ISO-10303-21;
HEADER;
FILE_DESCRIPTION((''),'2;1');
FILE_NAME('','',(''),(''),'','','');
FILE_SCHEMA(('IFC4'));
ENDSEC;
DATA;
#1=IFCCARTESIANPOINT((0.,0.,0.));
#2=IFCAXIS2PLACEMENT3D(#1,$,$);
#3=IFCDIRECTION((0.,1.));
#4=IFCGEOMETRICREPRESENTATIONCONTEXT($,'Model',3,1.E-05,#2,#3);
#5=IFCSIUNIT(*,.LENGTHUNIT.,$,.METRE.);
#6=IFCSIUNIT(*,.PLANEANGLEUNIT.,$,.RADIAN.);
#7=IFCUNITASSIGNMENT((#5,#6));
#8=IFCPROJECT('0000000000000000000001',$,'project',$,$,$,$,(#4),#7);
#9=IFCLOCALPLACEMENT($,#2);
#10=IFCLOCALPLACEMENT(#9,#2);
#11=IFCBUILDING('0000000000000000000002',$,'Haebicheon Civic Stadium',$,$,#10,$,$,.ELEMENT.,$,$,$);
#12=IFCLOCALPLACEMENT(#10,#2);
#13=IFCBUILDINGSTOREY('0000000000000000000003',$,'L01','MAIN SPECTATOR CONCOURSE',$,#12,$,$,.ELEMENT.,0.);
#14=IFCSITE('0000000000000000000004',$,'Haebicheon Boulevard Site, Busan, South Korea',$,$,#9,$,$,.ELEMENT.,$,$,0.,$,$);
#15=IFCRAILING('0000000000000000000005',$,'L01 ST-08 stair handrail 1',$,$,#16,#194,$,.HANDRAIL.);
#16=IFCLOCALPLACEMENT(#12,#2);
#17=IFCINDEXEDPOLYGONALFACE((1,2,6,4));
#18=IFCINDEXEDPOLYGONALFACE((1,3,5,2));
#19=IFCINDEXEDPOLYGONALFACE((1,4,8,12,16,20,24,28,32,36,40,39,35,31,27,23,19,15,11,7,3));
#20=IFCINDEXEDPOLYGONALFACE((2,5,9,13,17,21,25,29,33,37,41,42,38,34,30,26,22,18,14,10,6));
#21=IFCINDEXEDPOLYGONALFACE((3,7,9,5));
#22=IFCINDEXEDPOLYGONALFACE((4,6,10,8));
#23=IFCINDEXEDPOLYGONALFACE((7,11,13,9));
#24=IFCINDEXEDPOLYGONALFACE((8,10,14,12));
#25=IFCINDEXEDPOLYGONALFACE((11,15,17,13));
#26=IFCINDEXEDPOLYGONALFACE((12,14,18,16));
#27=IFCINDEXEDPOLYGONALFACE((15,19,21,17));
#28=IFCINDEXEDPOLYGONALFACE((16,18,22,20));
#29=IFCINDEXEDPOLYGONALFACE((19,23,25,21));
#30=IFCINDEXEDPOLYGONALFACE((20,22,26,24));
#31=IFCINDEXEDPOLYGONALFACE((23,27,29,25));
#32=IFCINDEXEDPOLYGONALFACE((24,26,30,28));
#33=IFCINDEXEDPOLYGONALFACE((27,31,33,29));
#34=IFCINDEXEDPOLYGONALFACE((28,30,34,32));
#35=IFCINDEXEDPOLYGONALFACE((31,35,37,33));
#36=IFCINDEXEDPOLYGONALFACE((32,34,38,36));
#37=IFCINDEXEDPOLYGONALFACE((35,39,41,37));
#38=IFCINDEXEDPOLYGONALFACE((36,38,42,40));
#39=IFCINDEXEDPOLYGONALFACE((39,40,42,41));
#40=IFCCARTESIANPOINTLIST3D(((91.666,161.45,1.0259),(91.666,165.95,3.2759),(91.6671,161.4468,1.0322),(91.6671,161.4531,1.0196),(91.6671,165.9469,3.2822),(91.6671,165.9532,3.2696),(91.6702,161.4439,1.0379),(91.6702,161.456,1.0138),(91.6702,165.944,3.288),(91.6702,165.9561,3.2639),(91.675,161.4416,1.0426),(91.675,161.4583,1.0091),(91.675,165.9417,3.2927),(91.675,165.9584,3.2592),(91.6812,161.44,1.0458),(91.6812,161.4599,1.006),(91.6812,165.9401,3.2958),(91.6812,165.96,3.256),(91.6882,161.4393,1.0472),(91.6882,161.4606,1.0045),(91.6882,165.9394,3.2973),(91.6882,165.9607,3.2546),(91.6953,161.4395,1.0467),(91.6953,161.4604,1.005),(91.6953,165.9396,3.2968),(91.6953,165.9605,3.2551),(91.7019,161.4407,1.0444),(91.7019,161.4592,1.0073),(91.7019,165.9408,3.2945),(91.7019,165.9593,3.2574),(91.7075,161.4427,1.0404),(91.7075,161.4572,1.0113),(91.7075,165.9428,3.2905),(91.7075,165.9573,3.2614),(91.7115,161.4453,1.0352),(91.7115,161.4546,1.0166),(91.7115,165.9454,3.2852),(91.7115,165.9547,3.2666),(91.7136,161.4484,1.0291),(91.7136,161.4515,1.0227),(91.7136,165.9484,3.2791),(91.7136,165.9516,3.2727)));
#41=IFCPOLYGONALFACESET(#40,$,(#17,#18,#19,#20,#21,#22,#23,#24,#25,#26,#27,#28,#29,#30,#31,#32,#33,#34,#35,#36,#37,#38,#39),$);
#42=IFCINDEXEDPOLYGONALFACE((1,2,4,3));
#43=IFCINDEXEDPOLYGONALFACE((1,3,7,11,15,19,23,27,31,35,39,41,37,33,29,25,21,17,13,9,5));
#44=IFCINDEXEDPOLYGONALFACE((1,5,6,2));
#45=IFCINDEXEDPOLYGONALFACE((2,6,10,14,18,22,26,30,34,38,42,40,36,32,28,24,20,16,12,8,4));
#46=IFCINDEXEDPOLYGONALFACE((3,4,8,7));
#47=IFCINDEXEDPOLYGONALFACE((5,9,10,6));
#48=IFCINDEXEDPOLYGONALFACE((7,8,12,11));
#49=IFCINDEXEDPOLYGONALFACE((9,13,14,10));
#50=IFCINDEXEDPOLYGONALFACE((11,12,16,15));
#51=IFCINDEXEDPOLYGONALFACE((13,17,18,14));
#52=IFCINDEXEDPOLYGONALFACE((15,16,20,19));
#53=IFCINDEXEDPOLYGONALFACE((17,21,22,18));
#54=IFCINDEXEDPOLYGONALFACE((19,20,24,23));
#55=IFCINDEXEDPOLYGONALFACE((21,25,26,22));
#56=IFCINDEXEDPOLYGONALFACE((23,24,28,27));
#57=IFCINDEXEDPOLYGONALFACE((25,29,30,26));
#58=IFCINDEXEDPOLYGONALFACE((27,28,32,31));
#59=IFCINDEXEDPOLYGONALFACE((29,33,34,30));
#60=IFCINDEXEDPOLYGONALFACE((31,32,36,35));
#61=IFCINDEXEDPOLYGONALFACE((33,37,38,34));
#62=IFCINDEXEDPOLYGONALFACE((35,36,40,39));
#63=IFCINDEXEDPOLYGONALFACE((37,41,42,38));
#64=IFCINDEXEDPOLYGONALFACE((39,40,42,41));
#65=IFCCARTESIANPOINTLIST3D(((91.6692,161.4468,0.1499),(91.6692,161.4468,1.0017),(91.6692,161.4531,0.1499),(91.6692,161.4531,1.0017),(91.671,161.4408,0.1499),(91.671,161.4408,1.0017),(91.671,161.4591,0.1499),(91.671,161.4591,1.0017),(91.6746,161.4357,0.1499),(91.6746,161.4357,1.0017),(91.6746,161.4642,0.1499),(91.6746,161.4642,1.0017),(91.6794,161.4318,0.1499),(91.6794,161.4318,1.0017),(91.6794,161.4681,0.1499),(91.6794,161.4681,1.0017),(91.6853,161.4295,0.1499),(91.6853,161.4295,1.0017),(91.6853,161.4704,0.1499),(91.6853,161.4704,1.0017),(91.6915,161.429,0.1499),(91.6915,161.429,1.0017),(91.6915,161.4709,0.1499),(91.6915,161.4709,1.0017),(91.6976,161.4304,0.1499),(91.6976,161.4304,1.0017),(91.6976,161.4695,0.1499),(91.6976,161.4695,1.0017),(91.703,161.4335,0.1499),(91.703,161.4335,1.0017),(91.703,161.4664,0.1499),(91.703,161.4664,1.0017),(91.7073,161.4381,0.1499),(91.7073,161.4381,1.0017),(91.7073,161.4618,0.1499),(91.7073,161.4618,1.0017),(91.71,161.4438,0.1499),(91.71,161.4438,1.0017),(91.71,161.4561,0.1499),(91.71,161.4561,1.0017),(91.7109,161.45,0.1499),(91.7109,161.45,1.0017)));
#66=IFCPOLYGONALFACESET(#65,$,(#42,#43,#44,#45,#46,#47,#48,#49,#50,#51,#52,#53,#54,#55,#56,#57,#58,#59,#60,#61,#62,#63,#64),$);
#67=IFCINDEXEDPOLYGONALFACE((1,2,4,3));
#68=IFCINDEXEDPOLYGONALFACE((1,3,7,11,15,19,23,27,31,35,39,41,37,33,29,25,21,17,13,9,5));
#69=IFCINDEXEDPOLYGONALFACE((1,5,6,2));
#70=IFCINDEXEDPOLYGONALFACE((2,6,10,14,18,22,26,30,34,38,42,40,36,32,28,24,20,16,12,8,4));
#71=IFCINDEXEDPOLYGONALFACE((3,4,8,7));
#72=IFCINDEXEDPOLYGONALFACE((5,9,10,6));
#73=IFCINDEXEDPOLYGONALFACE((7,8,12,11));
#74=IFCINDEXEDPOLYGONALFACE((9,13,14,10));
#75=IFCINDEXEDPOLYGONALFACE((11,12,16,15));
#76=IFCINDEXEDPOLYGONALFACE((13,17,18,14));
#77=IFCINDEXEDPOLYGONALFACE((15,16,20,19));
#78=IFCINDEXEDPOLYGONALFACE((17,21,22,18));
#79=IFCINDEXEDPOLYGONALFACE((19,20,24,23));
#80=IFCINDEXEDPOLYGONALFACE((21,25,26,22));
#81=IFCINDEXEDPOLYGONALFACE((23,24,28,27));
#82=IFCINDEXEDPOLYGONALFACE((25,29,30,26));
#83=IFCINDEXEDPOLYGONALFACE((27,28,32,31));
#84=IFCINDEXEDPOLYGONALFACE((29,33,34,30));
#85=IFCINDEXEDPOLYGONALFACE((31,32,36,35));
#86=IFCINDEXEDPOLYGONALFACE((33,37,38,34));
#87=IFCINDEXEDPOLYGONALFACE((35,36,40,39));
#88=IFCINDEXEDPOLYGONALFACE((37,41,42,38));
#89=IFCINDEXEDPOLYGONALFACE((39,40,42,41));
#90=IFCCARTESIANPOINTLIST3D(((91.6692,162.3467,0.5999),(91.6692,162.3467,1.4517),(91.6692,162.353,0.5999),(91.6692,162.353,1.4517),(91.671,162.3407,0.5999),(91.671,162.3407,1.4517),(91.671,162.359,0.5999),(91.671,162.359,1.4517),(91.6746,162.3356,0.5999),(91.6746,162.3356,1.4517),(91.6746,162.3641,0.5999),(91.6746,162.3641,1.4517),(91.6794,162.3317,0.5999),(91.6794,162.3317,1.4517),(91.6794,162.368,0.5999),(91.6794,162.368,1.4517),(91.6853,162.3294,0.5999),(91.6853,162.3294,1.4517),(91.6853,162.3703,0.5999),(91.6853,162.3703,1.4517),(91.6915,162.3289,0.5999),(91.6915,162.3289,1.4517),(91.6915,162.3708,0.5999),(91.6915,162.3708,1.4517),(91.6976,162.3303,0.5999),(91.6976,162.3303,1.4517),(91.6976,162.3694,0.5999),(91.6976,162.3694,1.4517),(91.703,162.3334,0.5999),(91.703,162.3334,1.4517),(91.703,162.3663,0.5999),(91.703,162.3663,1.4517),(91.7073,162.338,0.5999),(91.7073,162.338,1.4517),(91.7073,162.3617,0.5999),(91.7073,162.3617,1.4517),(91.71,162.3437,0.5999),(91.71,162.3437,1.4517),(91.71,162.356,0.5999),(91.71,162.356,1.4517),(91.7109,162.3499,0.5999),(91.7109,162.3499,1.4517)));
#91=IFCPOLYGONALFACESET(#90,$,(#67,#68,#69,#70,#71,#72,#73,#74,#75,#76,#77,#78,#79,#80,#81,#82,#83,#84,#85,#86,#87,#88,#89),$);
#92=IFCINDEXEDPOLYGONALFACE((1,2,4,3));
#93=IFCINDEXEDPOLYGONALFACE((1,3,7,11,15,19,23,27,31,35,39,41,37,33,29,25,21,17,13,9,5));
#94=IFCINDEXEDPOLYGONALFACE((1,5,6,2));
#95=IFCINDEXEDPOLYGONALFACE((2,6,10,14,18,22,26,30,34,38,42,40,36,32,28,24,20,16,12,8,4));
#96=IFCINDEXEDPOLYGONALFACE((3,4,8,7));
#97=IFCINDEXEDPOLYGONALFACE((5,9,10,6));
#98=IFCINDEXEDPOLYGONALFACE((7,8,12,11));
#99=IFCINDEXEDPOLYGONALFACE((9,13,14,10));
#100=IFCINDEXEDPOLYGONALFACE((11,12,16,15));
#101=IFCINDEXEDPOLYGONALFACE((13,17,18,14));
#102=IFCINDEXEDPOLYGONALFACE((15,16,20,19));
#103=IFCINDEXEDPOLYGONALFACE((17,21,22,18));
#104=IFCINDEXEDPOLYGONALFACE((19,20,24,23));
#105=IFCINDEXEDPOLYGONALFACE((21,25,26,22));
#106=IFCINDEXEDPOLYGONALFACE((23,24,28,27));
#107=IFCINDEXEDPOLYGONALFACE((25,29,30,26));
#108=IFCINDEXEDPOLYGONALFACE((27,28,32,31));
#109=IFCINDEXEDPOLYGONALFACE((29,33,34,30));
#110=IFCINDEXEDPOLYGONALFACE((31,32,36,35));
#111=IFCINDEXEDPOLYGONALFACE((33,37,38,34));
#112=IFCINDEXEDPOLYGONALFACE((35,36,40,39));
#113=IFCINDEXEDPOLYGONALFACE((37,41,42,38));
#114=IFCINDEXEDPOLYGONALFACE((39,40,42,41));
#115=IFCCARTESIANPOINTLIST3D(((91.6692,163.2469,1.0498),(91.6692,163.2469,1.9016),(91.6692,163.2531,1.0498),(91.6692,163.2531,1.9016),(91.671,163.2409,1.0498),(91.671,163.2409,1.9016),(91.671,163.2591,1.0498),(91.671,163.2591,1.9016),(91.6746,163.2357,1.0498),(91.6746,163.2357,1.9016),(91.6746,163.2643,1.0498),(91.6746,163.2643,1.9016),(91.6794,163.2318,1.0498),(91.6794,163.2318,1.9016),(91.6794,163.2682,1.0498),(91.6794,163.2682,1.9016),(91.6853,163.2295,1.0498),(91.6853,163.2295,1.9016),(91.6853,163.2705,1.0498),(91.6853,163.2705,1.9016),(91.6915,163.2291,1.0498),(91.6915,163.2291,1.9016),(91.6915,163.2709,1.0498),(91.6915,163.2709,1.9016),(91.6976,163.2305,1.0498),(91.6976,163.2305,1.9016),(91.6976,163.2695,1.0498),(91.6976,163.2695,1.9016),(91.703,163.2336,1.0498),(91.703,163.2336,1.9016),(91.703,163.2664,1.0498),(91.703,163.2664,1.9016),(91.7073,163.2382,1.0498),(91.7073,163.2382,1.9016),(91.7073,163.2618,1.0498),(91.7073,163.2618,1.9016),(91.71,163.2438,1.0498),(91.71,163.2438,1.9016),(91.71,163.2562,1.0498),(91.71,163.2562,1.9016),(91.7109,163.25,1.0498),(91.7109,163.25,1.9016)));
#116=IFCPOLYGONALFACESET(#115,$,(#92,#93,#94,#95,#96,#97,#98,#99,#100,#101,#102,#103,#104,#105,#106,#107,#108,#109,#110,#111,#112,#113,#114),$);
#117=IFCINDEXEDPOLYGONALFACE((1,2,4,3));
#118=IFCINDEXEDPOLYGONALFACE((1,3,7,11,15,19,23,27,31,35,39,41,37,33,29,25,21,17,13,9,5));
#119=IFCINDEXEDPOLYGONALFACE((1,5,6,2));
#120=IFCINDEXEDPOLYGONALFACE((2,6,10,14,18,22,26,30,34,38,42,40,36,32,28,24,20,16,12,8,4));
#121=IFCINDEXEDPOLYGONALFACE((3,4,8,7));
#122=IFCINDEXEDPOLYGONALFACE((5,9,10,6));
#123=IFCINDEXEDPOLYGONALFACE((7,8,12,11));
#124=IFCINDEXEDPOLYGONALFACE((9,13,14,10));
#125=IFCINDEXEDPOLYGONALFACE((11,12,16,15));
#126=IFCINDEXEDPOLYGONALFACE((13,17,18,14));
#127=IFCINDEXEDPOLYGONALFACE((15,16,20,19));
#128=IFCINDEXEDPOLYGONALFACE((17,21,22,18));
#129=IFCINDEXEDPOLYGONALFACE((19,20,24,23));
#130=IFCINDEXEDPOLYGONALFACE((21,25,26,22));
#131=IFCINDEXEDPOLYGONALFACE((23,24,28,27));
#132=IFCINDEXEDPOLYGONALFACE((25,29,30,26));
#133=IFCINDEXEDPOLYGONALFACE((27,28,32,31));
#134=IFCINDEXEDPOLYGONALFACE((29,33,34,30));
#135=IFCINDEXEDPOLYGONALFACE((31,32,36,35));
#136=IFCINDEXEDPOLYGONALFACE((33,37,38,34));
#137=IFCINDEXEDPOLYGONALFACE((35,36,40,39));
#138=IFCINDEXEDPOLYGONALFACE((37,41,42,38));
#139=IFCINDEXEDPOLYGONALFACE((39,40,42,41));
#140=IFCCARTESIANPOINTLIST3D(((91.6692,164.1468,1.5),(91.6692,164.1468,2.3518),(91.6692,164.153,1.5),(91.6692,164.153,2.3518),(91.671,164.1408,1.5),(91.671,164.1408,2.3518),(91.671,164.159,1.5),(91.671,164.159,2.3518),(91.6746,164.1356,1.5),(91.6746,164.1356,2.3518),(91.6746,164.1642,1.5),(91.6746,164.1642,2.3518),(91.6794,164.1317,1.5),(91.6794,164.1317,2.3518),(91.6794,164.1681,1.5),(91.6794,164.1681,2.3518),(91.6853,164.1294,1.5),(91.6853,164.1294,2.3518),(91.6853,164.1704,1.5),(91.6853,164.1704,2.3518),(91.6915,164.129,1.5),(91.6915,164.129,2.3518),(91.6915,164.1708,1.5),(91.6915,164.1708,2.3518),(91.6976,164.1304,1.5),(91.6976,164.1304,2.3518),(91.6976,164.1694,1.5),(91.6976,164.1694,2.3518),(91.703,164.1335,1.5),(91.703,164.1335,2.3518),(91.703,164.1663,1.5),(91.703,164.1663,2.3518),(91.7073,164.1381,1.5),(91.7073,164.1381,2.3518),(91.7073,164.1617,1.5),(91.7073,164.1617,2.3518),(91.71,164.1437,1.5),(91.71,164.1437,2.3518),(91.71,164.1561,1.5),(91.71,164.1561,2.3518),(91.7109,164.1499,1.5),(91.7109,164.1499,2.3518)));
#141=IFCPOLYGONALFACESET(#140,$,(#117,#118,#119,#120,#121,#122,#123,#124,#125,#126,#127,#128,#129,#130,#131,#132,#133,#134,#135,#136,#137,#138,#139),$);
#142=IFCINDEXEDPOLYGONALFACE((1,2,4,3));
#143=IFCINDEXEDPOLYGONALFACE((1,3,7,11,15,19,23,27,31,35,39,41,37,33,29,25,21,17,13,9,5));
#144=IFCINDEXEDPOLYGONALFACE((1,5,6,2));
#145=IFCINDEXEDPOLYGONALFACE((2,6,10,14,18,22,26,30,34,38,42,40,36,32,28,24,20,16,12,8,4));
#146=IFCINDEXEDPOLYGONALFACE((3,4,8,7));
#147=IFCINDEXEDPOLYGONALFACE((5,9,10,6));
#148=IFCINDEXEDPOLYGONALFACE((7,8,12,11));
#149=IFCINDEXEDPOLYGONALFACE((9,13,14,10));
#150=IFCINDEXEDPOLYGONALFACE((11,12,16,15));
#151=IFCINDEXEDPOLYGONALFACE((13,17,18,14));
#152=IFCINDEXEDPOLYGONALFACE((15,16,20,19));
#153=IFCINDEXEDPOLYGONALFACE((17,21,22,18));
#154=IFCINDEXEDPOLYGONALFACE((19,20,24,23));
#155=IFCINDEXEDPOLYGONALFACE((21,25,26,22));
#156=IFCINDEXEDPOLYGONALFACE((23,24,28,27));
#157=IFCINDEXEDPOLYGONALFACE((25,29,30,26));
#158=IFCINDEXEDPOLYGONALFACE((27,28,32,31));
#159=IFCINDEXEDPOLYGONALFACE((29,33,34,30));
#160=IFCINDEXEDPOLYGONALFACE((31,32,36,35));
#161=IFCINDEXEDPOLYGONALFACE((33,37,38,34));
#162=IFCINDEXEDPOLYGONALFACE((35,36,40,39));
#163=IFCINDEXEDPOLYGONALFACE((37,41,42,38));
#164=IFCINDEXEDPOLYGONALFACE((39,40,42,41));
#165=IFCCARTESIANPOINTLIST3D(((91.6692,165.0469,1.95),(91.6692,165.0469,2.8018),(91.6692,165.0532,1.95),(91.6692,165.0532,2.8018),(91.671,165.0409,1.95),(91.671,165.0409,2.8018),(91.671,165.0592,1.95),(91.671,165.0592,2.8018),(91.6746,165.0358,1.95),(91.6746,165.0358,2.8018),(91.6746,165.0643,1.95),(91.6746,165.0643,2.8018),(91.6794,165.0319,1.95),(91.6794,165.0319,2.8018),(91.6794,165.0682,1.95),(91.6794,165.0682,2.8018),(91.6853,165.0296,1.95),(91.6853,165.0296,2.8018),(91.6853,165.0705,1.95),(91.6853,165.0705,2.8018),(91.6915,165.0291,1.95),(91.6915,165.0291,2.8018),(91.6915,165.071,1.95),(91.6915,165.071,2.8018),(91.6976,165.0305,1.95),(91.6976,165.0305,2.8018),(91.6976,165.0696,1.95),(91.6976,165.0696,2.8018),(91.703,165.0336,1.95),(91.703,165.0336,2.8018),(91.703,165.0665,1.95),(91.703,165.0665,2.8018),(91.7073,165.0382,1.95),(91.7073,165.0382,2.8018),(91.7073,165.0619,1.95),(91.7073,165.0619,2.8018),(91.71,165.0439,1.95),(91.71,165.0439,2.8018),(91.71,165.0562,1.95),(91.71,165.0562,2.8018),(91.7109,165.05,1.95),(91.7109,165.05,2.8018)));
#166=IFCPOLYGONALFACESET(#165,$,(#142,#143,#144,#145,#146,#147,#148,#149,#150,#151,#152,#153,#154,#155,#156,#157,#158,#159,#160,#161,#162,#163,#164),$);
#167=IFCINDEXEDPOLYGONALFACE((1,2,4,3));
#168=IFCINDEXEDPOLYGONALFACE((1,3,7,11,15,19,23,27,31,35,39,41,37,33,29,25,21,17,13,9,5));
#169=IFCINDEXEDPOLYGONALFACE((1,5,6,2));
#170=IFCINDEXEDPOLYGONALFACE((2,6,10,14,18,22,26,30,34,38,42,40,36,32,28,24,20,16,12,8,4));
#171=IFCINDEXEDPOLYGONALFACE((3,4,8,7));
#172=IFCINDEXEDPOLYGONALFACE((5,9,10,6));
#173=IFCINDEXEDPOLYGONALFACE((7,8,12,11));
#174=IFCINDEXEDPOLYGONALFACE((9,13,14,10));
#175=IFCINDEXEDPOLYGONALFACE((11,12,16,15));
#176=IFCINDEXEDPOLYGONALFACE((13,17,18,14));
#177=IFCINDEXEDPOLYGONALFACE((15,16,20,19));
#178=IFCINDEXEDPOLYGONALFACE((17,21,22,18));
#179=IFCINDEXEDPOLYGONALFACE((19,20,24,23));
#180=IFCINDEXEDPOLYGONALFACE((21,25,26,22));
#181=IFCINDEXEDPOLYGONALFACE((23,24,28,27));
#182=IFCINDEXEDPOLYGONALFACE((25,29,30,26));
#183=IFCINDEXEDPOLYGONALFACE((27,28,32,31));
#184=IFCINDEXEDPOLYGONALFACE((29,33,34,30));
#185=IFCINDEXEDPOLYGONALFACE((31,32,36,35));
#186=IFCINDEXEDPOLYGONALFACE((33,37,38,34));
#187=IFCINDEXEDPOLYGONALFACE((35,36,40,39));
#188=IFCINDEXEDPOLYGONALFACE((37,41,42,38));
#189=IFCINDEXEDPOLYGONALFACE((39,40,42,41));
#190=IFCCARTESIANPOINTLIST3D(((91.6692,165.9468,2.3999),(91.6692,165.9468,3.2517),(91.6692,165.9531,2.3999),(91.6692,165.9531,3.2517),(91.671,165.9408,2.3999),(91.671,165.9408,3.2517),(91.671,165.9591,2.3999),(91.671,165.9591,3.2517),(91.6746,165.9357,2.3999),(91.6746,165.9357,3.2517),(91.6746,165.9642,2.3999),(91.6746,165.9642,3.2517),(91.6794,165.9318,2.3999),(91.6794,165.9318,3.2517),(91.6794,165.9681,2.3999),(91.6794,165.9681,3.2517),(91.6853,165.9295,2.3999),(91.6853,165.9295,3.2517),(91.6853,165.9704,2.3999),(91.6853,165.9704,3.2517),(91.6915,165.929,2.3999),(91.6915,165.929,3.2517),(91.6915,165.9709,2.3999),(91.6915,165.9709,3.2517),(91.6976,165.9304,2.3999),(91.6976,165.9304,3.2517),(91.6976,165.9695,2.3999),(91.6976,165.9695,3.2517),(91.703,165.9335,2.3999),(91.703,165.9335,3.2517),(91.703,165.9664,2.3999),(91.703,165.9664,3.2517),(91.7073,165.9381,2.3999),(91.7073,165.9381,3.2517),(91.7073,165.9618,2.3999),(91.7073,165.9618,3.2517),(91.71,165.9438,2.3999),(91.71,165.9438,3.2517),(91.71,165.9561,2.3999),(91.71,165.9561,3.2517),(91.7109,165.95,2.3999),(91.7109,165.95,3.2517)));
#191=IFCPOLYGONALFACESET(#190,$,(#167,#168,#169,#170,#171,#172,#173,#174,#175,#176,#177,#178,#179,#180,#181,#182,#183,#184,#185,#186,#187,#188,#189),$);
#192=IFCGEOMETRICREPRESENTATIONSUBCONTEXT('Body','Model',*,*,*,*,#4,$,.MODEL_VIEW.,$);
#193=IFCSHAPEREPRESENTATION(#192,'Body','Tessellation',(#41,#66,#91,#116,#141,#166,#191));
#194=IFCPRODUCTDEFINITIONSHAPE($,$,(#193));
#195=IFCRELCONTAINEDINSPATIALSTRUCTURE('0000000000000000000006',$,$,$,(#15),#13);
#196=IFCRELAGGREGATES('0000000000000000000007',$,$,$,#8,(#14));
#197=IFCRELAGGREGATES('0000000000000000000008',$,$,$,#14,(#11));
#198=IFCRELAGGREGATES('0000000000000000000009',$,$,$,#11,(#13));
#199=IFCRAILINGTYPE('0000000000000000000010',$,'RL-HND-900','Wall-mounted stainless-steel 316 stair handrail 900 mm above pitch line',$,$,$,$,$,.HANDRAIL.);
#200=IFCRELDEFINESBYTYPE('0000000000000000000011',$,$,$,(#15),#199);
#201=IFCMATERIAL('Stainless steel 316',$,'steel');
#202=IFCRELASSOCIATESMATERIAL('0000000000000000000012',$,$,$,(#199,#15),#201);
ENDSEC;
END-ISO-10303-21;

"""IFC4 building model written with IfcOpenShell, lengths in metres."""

from ifc_helpers import new_model, si_unit, direction, frame, origin, origin_2d, place, context, subcontext, project, spatial, circle, extrude, material, type_object, element, save


model = new_model("IFC4")

# Units and contexts
model_context = context("Model", 3, precision=1e-05, world=origin(), true_north=direction((0.0, 1.0)))
body_context = subcontext(model_context, "Body", "Model", "MODEL_VIEW")
ifc_project = project(units=[si_unit("LENGTHUNIT", "METRE"), si_unit("PLANEANGLEUNIT", "RADIAN")], contexts=[model_context])

# Site, building, storey
site_placement = place(None, origin())
site = spatial("IfcSite", under=ifc_project, at=site_placement, Name="Haebicheon Boulevard Site, Busan, South Korea", CompositionType="ELEMENT", RefElevation=0.0)
building_placement = place(site_placement, origin())
building = spatial("IfcBuilding", under=site, at=building_placement, Name="Haebicheon Civic Stadium", CompositionType="ELEMENT")
storey_placement = place(building_placement, origin())
storey = spatial("IfcBuildingStorey", under=building, at=storey_placement, Name="L01", Description="MAIN SPECTATOR CONCOURSE", CompositionType="ELEMENT", Elevation=0.0)

# Railing
ifc_material_1 = material(Name="Stainless steel 316", Category="steel")
railing_type_1 = type_object("IfcRailingType", Name="RL-HND-900", Description="Wall-mounted stainless-steel 316 stair handrail 900 mm above pitch line", PredefinedType="HANDRAIL", material=ifc_material_1)
railing_1_placement = place(storey_placement, frame((91.6899, 161.45, 0.1499)))
element("IfcRailing", 1, at=railing_1_placement, inside=storey, type_object=railing_type_1, material=ifc_material_1, Name="L01 ST-08 stair handrail 1", PredefinedType="HANDRAIL", context=body_context, shape_type="SweptSolid", body=[
    extrude(circle(Radius=0.0239, at=origin_2d()), frame((0.0, 0.0, 0.876), z_axis=(0.0, 0.894427, 0.447214), x_axis=(-1.0, 0.0, 0.0)), (0.0, 0.0, 1.0), 5.0312),
    extrude(circle(Radius=0.021, at=origin_2d()), origin(), (0.0, 0.0, 1.0), 0.8518),
    extrude(circle(Radius=0.021, at=origin_2d()), frame((0.0, 0.8999, 0.45)), (0.0, 0.0, 1.0), 0.8518),
    extrude(circle(Radius=0.021, at=origin_2d()), frame((0.0, 1.8, 0.8999)), (0.0, 0.0, 1.0), 0.8518),
    extrude(circle(Radius=0.021, at=origin_2d()), frame((0.0, 2.7, 1.3501)), (0.0, 0.0, 1.0), 0.8518),
    extrude(circle(Radius=0.021, at=origin_2d()), frame((0.0, 3.6001, 1.8)), (0.0, 0.0, 1.0), 0.8518),
    extrude(circle(Radius=0.021, at=origin_2d()), frame((0.0, 4.5, 2.25)), (0.0, 0.0, 1.0), 0.8518),
])

save(model, "model.ifc")
